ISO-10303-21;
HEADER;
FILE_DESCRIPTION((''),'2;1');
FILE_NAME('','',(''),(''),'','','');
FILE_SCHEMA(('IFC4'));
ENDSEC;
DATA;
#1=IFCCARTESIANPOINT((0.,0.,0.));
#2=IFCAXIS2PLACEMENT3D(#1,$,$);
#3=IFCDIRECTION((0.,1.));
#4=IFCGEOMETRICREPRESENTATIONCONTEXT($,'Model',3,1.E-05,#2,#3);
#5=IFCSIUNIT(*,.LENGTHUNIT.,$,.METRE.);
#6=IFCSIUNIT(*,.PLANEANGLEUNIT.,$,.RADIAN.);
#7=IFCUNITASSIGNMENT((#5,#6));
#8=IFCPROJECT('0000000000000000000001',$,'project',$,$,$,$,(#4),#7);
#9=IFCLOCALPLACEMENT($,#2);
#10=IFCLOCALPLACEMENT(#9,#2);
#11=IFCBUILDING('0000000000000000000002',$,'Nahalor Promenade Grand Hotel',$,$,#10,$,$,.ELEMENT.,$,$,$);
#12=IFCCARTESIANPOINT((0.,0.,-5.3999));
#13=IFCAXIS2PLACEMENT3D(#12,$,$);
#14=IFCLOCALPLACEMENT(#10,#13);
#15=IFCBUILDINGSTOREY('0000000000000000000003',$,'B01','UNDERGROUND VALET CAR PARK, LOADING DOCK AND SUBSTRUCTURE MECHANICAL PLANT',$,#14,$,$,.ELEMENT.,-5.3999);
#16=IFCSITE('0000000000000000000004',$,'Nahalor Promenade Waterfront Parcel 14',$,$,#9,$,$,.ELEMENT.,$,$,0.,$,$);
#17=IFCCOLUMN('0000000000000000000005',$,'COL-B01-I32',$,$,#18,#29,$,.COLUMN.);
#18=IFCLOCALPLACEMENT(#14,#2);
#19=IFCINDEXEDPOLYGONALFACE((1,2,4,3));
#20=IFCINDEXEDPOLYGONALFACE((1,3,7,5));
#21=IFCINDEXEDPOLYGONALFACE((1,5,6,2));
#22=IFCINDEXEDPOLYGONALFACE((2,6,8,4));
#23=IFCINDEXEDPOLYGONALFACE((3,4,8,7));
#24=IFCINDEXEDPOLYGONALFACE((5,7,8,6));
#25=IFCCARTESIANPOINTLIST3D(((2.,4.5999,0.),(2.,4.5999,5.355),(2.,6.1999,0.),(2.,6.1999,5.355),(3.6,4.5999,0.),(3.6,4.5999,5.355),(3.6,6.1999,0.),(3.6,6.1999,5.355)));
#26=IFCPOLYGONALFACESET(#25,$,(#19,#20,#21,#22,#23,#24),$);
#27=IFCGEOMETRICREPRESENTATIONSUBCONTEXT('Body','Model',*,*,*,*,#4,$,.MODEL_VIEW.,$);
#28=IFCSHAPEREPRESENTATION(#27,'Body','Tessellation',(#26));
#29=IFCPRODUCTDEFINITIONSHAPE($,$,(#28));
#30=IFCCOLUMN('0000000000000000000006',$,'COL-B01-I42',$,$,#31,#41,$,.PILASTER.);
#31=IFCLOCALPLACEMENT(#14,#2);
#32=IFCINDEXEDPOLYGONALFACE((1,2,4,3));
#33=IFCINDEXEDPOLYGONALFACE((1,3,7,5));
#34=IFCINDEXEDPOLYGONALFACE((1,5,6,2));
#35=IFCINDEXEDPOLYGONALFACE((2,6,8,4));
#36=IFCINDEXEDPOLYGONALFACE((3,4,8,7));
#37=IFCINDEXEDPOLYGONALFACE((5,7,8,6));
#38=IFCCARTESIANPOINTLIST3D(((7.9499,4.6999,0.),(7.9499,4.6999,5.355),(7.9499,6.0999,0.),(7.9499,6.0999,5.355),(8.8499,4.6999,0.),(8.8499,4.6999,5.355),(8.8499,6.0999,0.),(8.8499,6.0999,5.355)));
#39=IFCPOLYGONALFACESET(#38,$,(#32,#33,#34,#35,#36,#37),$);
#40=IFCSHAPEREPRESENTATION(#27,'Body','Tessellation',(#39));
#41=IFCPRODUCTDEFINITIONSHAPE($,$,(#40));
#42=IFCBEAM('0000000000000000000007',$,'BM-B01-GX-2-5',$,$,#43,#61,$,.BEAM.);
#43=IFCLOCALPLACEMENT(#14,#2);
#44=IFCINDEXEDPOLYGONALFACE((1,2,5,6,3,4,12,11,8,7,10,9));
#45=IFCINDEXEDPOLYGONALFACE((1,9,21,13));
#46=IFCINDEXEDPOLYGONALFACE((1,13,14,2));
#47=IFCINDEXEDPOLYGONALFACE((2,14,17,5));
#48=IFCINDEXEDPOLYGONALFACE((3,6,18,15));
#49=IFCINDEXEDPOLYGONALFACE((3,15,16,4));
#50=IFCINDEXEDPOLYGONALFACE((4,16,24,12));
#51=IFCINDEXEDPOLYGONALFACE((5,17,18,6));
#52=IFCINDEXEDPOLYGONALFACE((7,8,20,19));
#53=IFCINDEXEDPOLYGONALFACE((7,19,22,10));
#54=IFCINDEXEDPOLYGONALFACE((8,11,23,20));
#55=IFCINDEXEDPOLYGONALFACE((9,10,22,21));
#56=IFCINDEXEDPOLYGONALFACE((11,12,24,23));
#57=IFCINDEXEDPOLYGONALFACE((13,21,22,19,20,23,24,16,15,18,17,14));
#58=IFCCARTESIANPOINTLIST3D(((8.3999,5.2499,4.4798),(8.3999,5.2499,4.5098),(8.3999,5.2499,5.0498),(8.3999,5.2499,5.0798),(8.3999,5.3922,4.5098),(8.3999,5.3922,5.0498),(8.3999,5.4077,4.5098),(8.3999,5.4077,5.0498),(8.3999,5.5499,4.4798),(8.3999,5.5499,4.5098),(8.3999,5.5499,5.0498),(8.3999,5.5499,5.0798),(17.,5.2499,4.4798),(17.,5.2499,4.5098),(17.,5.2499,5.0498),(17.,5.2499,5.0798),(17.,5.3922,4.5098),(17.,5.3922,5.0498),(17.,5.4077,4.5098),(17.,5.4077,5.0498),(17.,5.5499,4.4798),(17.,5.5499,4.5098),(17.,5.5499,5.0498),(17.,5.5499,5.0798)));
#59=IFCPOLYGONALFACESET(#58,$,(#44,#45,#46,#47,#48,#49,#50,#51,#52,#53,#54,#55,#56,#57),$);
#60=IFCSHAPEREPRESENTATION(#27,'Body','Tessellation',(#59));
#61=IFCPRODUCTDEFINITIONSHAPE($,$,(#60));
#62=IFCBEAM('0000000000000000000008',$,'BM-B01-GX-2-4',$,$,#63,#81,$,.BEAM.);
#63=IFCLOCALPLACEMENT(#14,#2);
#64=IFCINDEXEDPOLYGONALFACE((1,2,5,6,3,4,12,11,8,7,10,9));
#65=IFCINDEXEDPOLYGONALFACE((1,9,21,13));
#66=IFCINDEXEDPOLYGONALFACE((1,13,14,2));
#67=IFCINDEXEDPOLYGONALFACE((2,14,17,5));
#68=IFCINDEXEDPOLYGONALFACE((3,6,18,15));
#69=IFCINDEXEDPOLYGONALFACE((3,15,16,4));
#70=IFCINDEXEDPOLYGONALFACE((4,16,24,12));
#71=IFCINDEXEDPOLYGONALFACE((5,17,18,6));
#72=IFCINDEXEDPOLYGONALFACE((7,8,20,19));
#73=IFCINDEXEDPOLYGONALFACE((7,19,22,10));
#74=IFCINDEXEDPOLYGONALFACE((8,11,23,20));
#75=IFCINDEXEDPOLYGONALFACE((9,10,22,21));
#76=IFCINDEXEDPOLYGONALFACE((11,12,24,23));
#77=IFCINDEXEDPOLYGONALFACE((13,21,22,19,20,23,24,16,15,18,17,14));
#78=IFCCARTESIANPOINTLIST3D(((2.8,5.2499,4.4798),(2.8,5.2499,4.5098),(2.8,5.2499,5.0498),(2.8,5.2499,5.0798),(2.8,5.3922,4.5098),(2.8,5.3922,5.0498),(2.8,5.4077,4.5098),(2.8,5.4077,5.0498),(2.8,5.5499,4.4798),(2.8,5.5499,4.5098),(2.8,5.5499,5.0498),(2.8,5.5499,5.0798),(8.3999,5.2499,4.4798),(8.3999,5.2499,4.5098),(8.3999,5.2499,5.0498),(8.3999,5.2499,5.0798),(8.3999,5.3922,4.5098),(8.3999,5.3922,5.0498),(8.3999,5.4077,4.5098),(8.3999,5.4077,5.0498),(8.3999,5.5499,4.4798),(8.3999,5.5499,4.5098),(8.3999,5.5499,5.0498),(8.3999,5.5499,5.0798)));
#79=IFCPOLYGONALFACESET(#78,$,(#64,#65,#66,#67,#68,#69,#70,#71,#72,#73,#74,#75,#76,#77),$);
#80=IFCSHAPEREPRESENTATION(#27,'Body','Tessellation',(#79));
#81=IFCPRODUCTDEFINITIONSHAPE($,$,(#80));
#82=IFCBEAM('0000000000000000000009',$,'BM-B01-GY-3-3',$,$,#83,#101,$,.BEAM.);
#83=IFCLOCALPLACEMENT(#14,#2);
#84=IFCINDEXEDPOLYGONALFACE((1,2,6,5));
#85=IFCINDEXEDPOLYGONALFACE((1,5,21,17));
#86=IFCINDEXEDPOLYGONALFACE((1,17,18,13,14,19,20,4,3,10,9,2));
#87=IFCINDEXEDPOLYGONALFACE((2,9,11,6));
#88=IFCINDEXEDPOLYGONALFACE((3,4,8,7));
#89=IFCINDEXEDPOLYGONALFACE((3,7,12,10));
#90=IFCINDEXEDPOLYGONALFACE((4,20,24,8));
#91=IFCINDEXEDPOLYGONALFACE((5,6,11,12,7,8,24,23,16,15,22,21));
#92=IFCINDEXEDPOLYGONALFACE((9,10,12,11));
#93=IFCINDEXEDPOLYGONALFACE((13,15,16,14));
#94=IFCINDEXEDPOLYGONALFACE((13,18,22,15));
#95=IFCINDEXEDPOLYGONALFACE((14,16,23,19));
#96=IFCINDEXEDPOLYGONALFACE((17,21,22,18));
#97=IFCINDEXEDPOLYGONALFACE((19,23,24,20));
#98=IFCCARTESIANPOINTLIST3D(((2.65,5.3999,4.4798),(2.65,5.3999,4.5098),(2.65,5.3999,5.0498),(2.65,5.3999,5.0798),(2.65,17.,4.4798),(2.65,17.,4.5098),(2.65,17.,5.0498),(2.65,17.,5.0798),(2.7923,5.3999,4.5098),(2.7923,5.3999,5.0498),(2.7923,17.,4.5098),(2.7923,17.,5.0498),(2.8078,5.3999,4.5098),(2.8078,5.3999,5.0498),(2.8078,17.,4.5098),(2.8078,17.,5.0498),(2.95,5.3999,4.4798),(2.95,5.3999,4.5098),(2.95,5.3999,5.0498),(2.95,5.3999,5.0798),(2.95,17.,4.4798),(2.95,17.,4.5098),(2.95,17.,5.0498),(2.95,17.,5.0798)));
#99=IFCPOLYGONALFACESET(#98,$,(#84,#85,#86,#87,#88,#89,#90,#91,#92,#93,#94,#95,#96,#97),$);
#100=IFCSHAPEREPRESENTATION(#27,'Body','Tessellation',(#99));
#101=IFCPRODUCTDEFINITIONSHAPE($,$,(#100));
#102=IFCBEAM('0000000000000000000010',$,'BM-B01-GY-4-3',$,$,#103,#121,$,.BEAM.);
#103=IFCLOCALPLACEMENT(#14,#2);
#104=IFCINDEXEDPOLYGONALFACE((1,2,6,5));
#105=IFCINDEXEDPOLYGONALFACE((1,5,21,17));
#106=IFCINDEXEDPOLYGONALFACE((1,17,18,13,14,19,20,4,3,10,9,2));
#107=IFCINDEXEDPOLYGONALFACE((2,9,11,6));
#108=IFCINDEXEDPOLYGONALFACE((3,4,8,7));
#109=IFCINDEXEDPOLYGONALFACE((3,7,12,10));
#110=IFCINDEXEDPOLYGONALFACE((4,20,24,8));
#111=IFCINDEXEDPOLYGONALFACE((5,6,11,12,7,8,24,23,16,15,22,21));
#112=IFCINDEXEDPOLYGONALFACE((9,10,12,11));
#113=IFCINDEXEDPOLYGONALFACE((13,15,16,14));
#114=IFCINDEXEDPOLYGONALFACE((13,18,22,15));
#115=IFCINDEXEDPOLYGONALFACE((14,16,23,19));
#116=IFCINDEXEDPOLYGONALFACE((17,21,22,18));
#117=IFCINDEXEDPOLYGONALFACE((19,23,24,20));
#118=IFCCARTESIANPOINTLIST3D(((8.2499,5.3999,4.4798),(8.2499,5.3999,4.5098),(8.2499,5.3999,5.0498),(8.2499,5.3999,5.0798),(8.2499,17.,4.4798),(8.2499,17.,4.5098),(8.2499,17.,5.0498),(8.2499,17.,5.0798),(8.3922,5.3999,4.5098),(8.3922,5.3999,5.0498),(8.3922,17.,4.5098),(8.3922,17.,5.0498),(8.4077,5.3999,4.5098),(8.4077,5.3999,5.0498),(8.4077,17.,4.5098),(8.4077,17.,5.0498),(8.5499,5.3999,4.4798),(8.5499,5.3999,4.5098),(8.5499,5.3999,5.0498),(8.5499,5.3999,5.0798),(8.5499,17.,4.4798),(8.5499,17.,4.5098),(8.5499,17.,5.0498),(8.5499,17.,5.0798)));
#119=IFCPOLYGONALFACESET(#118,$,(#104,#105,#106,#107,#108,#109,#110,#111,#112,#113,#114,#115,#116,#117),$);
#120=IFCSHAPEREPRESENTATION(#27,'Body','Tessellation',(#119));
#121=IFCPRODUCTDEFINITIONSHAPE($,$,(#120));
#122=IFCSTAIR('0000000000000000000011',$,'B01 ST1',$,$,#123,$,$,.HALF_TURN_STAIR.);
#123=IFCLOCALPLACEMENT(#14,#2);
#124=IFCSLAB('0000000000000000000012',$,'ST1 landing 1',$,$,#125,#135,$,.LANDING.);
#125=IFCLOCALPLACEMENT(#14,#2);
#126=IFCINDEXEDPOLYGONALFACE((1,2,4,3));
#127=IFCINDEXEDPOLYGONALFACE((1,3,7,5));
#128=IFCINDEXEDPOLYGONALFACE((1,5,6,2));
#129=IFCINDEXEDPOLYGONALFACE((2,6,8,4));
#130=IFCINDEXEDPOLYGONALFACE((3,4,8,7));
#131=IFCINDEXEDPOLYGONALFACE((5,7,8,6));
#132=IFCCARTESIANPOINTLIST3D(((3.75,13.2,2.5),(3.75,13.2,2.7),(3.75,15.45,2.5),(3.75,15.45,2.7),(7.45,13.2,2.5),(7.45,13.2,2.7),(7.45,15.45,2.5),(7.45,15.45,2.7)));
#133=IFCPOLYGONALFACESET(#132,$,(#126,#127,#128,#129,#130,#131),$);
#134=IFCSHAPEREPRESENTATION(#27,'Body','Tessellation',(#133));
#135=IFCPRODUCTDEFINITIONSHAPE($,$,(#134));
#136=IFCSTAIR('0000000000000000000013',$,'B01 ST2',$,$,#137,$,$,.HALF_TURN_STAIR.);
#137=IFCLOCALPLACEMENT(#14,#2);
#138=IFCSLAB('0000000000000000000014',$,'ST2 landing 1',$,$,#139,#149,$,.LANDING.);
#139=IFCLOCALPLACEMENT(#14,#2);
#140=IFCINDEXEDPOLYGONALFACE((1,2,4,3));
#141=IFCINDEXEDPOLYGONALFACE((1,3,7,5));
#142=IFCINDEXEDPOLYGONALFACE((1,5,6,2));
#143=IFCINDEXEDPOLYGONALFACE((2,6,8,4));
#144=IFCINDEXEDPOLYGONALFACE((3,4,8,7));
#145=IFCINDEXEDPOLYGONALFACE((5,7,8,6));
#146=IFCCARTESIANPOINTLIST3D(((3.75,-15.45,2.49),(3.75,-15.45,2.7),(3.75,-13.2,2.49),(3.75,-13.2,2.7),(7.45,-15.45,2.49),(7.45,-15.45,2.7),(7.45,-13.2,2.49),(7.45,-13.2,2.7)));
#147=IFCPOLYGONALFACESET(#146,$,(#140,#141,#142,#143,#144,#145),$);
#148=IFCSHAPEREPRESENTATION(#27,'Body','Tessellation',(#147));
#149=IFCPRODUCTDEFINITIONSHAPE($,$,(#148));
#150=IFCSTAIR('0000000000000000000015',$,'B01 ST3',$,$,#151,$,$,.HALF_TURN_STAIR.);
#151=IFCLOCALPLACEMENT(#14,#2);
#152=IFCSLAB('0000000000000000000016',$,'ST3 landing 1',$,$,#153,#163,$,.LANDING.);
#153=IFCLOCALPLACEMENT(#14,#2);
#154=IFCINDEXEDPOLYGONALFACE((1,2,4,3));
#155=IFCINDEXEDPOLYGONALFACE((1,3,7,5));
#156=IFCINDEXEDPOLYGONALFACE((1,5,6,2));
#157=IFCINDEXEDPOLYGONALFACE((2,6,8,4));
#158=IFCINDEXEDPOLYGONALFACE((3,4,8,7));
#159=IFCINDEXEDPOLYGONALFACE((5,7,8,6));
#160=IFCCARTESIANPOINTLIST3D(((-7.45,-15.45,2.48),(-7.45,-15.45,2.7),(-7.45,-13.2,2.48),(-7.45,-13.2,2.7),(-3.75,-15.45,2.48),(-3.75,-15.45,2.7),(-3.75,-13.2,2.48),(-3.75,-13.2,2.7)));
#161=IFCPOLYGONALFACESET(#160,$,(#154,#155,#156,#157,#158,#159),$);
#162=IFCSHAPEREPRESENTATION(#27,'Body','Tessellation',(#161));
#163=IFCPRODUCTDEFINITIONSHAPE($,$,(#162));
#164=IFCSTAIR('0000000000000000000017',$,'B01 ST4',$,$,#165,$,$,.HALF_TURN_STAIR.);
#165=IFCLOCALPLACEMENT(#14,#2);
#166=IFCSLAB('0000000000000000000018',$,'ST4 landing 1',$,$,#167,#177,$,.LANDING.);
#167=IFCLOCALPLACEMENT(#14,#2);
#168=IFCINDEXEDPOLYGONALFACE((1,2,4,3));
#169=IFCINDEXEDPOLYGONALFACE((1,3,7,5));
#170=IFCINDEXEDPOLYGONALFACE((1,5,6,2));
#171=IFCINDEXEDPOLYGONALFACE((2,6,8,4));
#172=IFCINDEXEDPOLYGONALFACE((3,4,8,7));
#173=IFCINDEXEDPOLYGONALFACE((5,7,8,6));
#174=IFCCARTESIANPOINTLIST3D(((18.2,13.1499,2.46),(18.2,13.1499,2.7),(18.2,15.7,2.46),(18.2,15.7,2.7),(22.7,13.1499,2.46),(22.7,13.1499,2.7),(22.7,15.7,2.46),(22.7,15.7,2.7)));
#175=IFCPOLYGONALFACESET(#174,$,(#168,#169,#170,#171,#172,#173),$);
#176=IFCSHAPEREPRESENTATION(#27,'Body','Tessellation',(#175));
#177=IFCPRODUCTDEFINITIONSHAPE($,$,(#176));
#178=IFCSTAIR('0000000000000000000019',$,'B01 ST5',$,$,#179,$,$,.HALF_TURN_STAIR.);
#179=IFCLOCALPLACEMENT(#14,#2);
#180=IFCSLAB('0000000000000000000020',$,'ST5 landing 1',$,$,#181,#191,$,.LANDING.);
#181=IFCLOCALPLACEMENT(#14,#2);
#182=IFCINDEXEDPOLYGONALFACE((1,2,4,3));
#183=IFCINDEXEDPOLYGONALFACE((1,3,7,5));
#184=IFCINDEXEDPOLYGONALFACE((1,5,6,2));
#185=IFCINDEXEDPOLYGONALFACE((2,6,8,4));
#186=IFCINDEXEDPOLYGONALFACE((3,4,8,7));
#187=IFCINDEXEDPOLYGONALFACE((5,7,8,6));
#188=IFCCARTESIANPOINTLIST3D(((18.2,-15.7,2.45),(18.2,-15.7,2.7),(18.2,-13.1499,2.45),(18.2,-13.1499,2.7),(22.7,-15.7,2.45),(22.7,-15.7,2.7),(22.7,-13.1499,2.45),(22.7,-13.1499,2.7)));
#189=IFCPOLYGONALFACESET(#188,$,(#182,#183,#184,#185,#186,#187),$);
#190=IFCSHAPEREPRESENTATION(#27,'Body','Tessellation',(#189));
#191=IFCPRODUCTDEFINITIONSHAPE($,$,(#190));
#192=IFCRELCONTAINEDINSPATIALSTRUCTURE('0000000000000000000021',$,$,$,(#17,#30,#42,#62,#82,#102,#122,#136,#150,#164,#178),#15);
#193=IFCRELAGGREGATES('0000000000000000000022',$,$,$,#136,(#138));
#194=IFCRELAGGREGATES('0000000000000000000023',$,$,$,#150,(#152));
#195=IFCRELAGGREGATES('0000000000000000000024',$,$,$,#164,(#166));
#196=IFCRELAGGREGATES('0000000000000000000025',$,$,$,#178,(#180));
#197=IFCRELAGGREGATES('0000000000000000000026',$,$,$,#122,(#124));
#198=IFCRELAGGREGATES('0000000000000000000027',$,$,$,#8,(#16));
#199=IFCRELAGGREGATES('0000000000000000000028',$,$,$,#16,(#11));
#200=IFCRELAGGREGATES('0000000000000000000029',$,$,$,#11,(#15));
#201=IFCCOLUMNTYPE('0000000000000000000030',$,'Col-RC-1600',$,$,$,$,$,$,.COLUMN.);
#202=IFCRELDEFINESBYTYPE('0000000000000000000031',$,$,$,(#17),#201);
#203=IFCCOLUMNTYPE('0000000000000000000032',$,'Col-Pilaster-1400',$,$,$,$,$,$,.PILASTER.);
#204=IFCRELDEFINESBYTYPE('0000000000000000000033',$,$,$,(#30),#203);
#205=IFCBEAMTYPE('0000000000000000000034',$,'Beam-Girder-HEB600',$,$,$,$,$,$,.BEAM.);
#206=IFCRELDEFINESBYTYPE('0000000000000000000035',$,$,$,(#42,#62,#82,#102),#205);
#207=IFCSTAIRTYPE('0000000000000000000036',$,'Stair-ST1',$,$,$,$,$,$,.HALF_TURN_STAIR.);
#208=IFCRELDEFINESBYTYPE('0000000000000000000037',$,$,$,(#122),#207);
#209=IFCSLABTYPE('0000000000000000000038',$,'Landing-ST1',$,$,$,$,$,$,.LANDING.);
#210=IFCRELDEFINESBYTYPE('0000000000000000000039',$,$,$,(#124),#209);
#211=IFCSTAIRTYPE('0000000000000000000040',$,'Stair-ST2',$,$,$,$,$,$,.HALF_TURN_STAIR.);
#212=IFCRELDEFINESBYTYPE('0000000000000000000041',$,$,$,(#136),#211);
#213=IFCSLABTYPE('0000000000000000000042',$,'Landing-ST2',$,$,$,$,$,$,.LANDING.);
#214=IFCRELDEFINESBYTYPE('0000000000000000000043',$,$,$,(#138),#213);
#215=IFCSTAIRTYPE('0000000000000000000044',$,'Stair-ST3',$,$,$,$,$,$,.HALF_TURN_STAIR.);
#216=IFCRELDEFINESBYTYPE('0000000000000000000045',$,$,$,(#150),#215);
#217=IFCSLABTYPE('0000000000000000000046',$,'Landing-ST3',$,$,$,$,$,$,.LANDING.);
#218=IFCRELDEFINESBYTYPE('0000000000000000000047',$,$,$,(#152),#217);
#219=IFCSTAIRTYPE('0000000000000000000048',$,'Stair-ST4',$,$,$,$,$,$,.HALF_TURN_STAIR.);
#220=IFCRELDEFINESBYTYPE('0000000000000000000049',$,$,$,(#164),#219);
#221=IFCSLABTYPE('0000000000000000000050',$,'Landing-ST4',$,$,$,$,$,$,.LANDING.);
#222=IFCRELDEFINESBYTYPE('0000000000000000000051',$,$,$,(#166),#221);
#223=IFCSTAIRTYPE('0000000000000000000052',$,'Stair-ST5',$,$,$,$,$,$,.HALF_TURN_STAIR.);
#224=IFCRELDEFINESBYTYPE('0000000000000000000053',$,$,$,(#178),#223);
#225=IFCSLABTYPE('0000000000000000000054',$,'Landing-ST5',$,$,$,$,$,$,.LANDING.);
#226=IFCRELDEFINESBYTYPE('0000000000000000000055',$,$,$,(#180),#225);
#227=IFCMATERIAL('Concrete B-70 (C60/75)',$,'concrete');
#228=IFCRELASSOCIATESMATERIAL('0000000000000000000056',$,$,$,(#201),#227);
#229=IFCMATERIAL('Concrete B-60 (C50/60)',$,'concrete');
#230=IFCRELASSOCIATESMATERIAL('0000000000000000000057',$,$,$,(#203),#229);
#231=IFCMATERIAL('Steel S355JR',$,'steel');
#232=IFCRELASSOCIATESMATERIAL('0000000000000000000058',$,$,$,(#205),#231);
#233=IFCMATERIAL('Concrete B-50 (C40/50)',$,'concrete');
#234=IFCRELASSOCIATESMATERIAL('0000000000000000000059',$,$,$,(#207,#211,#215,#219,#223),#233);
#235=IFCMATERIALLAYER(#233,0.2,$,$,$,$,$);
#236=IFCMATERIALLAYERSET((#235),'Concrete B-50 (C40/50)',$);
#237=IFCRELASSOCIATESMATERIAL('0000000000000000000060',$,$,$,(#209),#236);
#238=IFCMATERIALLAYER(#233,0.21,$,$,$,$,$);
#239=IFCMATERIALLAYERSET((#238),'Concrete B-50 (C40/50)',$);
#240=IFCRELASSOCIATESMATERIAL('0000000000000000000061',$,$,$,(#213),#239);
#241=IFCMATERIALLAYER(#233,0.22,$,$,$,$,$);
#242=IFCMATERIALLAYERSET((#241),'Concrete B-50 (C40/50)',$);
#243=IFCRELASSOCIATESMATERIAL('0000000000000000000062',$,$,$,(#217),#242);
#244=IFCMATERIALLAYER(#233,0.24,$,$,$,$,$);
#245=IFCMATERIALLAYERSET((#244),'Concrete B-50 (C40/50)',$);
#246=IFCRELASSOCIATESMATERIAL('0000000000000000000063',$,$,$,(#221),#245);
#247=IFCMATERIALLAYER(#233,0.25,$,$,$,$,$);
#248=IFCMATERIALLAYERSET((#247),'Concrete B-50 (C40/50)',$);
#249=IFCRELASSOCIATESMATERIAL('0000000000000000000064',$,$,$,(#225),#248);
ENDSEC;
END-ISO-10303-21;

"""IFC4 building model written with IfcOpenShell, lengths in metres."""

from ifc_helpers import new_model, si_unit, direction, frame, origin, origin_2d, place, context, subcontext, project, spatial, polyline, rectangle, i_section, outline, extrude, source, transform, mapped, material, layer, layer_set, material_profile, profile_set, type_object, element, aggregate, save


model = new_model("IFC4")

# Units and contexts
model_context = context("Model", 3, precision=1e-05, world=origin(), true_north=direction((0.0, 1.0)))
body_context = subcontext(model_context, "Body", "Model", "MODEL_VIEW")
ifc_project = project(units=[si_unit("LENGTHUNIT", "METRE"), si_unit("PLANEANGLEUNIT", "RADIAN")], contexts=[model_context])

# Site, building, storey
site_placement = place(None, origin())
site = spatial("IfcSite", under=ifc_project, at=site_placement, Name="Nahalor Promenade Waterfront Parcel 14", CompositionType="ELEMENT", RefElevation=0.0)
building_placement = place(site_placement, origin())
building = spatial("IfcBuilding", under=site, at=building_placement, Name="Nahalor Promenade Grand Hotel", CompositionType="ELEMENT")
storey_placement = place(building_placement, frame((0.0, 0.0, -5.3999)))
storey = spatial("IfcBuildingStorey", under=building, at=storey_placement, Name="B01", Description="UNDERGROUND VALET CAR PARK, LOADING DOCK AND SUBSTRUCTURE MECHANICAL PLANT", CompositionType="ELEMENT", Elevation=-5.3999)

# Columns
ifc_material_1 = material(Name="Concrete B-70 (C60/75)", Category="concrete")
ifc_material_profile_1 = material_profile(ifc_material_1, rectangle(XDim=1.6, YDim=1.6, at=origin_2d()), Name="RC 1600x1600")
ifc_profile_set_1 = profile_set([ifc_material_profile_1], Name="Concrete B-70 (C60/75)")
column_type_1 = type_object("IfcColumnType", Name="Col-RC-1600", PredefinedType="COLUMN", material=ifc_profile_set_1)
shared_shape_1 = source(origin(), body_context, "Body", "SweptSolid", [
    extrude(rectangle(XDim=1.6, YDim=1.6, at=origin_2d()), origin(), (0.0, 0.0, 1.0), 5.355),
])
column_1_placement = place(storey_placement, frame((2.8, 5.3999, 0.0), z_axis=(0.0, 0.0, 1.0), x_axis=(1.0, 0.0, 0.0)))
element("IfcColumn", 1, at=column_1_placement, inside=storey, type_object=column_type_1, Name="COL-B01-I32", PredefinedType="COLUMN", context=body_context, shape_type="MappedRepresentation", body=[
    mapped(shared_shape_1, transform((0.0, 0.0, 0.0), scale=1.0)),
])
ifc_material_2 = material(Name="Concrete B-60 (C50/60)", Category="concrete")
ifc_material_profile_2 = material_profile(ifc_material_2, rectangle(XDim=0.9, YDim=1.4, at=origin_2d()), Name="RC 900x1400")
ifc_profile_set_2 = profile_set([ifc_material_profile_2], Name="Concrete B-60 (C50/60)")
column_type_2 = type_object("IfcColumnType", Name="Col-Pilaster-1400", PredefinedType="PILASTER", material=ifc_profile_set_2)
shared_shape_2 = source(origin(), body_context, "Body", "SweptSolid", [
    extrude(rectangle(XDim=0.9, YDim=1.4, at=origin_2d()), origin(), (0.0, 0.0, 1.0), 5.355),
])
column_2_placement = place(storey_placement, frame((8.3999, 5.3999, 0.0), z_axis=(0.0, 0.0, 1.0), x_axis=(1.0, 0.0, 0.0)))
element("IfcColumn", 2, at=column_2_placement, inside=storey, type_object=column_type_2, Name="COL-B01-I42", PredefinedType="PILASTER", context=body_context, shape_type="MappedRepresentation", body=[
    mapped(shared_shape_2, transform((0.0, 0.0, 0.0), scale=1.0)),
])

# Beams
ifc_material_3 = material(Name="Steel S355JR", Category="steel")
ifc_material_profile_3 = material_profile(ifc_material_3, i_section(OverallWidth=0.3, OverallDepth=0.6, WebThickness=0.0155, FlangeThickness=0.03, at=origin_2d()), Name="HEB 600")
ifc_profile_set_3 = profile_set([ifc_material_profile_3], Name="Steel S355JR")
beam_type = type_object("IfcBeamType", Name="Beam-Girder-HEB600", PredefinedType="BEAM", material=ifc_profile_set_3)
shared_shape_3 = source(origin(), body_context, "Body", "SweptSolid", [
    extrude(i_section(OverallWidth=0.3, OverallDepth=0.6, WebThickness=0.0155, FlangeThickness=0.03, at=origin_2d()), origin(), (0.0, 0.0, 1.0), 8.6001),
])
beam_1_placement = place(storey_placement, frame((8.3999, 5.3999, 4.7798), z_axis=(1.0, 0.0, 0.0), x_axis=(0.0, 1.0, 0.0)))
element("IfcBeam", 3, at=beam_1_placement, inside=storey, type_object=beam_type, Name="BM-B01-GX-2-5", PredefinedType="BEAM", context=body_context, shape_type="MappedRepresentation", body=[
    mapped(shared_shape_3, transform((0.0, 0.0, 0.0), scale=1.0)),
])
shared_shape_4 = source(origin(), body_context, "Body", "SweptSolid", [
    extrude(i_section(OverallWidth=0.3, OverallDepth=0.6, WebThickness=0.0155, FlangeThickness=0.03, at=origin_2d()), origin(), (0.0, 0.0, 1.0), 5.5999),
])
beam_2_placement = place(storey_placement, frame((2.8, 5.3999, 4.7798), z_axis=(1.0, 0.0, 0.0), x_axis=(0.0, 1.0, 0.0)))
element("IfcBeam", 4, at=beam_2_placement, inside=storey, type_object=beam_type, Name="BM-B01-GX-2-4", PredefinedType="BEAM", context=body_context, shape_type="MappedRepresentation", body=[
    mapped(shared_shape_4, transform((0.0, 0.0, 0.0), scale=1.0)),
])
shared_shape_5 = source(origin(), body_context, "Body", "SweptSolid", [
    extrude(i_section(OverallWidth=0.3, OverallDepth=0.6, WebThickness=0.0155, FlangeThickness=0.03, at=origin_2d()), origin(), (0.0, 0.0, 1.0), 11.6001),
])
for number, where, z_axis, x_axis, name in (
    (5, (2.8, 5.3999, 4.7798), (0.0, 1.0, 0.0), (-1.0, 0.0, 0.0), "BM-B01-GY-3-3"),
    (6, (8.3999, 5.3999, 4.7798), (0.0, 1.0, 0.0), (-1.0, 0.0, 0.0), "BM-B01-GY-4-3"),
):
    element("IfcBeam", number, at=place(storey_placement, frame(where, z_axis=z_axis, x_axis=x_axis)), inside=storey, type_object=beam_type, Name=name, PredefinedType="BEAM", context=body_context, shape_type="MappedRepresentation", body=[
        mapped(shared_shape_5, transform((0.0, 0.0, 0.0), scale=1.0)),
    ])

# Stairs, slabs
ifc_material_4 = material(Name="Concrete B-50 (C40/50)", Category="concrete")
stair_type_1 = type_object("IfcStairType", Name="Stair-ST1", PredefinedType="HALF_TURN_STAIR", material=ifc_material_4)
stair_1_placement = place(storey_placement, origin())
stair_1 = element("IfcStair", 7, at=stair_1_placement, inside=storey, type_object=stair_type_1, Name="B01 ST1", PredefinedType="HALF_TURN_STAIR")
ifc_layer_1 = layer(ifc_material_4, 0.2)
ifc_layer_set_1 = layer_set([ifc_layer_1], Name="Concrete B-50 (C40/50)")
slab_type_1 = type_object("IfcSlabType", Name="Landing-ST1", PredefinedType="LANDING", material=ifc_layer_set_1)
slab_1_placement = place(storey_placement, frame((0.0, 0.0, 2.5)))
slab_1 = element("IfcSlab", 8, at=slab_1_placement, type_object=slab_type_1, Name="ST1 landing 1", PredefinedType="LANDING", context=body_context, shape_type="SweptSolid", body=[
    extrude(outline(polyline([(7.45, 13.2), (7.45, 15.45), (3.75, 15.45), (3.75, 13.2), (7.45, 13.2)])), origin(), (0.0, 0.0, 1.0), 0.2),
])
stair_type_2 = type_object("IfcStairType", Name="Stair-ST2", PredefinedType="HALF_TURN_STAIR", material=ifc_material_4)
stair_2_placement = place(storey_placement, origin())
stair_2 = element("IfcStair", 9, at=stair_2_placement, inside=storey, type_object=stair_type_2, Name="B01 ST2", PredefinedType="HALF_TURN_STAIR")
ifc_layer_2 = layer(ifc_material_4, 0.21)
ifc_layer_set_2 = layer_set([ifc_layer_2], Name="Concrete B-50 (C40/50)")
slab_type_2 = type_object("IfcSlabType", Name="Landing-ST2", PredefinedType="LANDING", material=ifc_layer_set_2)
slab_2_placement = place(storey_placement, frame((0.0, 0.0, 2.49)))
slab_2 = element("IfcSlab", 10, at=slab_2_placement, type_object=slab_type_2, Name="ST2 landing 1", PredefinedType="LANDING", context=body_context, shape_type="SweptSolid", body=[
    extrude(outline(polyline([(3.75, -13.2), (3.75, -15.45), (7.45, -15.45), (7.45, -13.2), (3.75, -13.2)])), origin(), (0.0, 0.0, 1.0), 0.21),
])
aggregate(stair_2, [slab_2])
stair_type_3 = type_object("IfcStairType", Name="Stair-ST3", PredefinedType="HALF_TURN_STAIR", material=ifc_material_4)
stair_3_placement = place(storey_placement, origin())
stair_3 = element("IfcStair", 11, at=stair_3_placement, inside=storey, type_object=stair_type_3, Name="B01 ST3", PredefinedType="HALF_TURN_STAIR")
ifc_layer_3 = layer(ifc_material_4, 0.22)
ifc_layer_set_3 = layer_set([ifc_layer_3], Name="Concrete B-50 (C40/50)")
slab_type_3 = type_object("IfcSlabType", Name="Landing-ST3", PredefinedType="LANDING", material=ifc_layer_set_3)
slab_3_placement = place(storey_placement, frame((0.0, 0.0, 2.48)))
slab_3 = element("IfcSlab", 12, at=slab_3_placement, type_object=slab_type_3, Name="ST3 landing 1", PredefinedType="LANDING", context=body_context, shape_type="SweptSolid", body=[
    extrude(outline(polyline([(-7.45, -13.2), (-7.45, -15.45), (-3.75, -15.45), (-3.75, -13.2), (-7.45, -13.2)])), origin(), (0.0, 0.0, 1.0), 0.22),
])
aggregate(stair_3, [slab_3])
stair_type_4 = type_object("IfcStairType", Name="Stair-ST4", PredefinedType="HALF_TURN_STAIR", material=ifc_material_4)
stair_4_placement = place(storey_placement, origin())
stair_4 = element("IfcStair", 13, at=stair_4_placement, inside=storey, type_object=stair_type_4, Name="B01 ST4", PredefinedType="HALF_TURN_STAIR")
ifc_layer_4 = layer(ifc_material_4, 0.24)
ifc_layer_set_4 = layer_set([ifc_layer_4], Name="Concrete B-50 (C40/50)")
slab_type_4 = type_object("IfcSlabType", Name="Landing-ST4", PredefinedType="LANDING", material=ifc_layer_set_4)
slab_4_placement = place(storey_placement, frame((0.0, 0.0, 2.46)))
slab_4 = element("IfcSlab", 14, at=slab_4_placement, type_object=slab_type_4, Name="ST4 landing 1", PredefinedType="LANDING", context=body_context, shape_type="SweptSolid", body=[
    extrude(outline(polyline([(22.7, 13.1499), (22.7, 15.7), (18.2, 15.7), (18.2, 13.1499), (22.7, 13.1499)])), origin(), (0.0, 0.0, 1.0), 0.24),
])
aggregate(stair_4, [slab_4])
stair_type_5 = type_object("IfcStairType", Name="Stair-ST5", PredefinedType="HALF_TURN_STAIR", material=ifc_material_4)
stair_5_placement = place(storey_placement, origin())
stair_5 = element("IfcStair", 15, at=stair_5_placement, inside=storey, type_object=stair_type_5, Name="B01 ST5", PredefinedType="HALF_TURN_STAIR")
ifc_layer_5 = layer(ifc_material_4, 0.25)
ifc_layer_set_5 = layer_set([ifc_layer_5], Name="Concrete B-50 (C40/50)")
slab_type_5 = type_object("IfcSlabType", Name="Landing-ST5", PredefinedType="LANDING", material=ifc_layer_set_5)
slab_5_placement = place(storey_placement, frame((0.0, 0.0, 2.45)))
slab_5 = element("IfcSlab", 16, at=slab_5_placement, type_object=slab_type_5, Name="ST5 landing 1", PredefinedType="LANDING", context=body_context, shape_type="SweptSolid", body=[
    extrude(outline(polyline([(18.2, -13.1499), (18.2, -15.7), (22.7, -15.7), (22.7, -13.1499), (18.2, -13.1499)])), origin(), (0.0, 0.0, 1.0), 0.25),
])
aggregate(stair_5, [slab_5])

aggregate(stair_1, [slab_1])

save(model, "model.ifc")
